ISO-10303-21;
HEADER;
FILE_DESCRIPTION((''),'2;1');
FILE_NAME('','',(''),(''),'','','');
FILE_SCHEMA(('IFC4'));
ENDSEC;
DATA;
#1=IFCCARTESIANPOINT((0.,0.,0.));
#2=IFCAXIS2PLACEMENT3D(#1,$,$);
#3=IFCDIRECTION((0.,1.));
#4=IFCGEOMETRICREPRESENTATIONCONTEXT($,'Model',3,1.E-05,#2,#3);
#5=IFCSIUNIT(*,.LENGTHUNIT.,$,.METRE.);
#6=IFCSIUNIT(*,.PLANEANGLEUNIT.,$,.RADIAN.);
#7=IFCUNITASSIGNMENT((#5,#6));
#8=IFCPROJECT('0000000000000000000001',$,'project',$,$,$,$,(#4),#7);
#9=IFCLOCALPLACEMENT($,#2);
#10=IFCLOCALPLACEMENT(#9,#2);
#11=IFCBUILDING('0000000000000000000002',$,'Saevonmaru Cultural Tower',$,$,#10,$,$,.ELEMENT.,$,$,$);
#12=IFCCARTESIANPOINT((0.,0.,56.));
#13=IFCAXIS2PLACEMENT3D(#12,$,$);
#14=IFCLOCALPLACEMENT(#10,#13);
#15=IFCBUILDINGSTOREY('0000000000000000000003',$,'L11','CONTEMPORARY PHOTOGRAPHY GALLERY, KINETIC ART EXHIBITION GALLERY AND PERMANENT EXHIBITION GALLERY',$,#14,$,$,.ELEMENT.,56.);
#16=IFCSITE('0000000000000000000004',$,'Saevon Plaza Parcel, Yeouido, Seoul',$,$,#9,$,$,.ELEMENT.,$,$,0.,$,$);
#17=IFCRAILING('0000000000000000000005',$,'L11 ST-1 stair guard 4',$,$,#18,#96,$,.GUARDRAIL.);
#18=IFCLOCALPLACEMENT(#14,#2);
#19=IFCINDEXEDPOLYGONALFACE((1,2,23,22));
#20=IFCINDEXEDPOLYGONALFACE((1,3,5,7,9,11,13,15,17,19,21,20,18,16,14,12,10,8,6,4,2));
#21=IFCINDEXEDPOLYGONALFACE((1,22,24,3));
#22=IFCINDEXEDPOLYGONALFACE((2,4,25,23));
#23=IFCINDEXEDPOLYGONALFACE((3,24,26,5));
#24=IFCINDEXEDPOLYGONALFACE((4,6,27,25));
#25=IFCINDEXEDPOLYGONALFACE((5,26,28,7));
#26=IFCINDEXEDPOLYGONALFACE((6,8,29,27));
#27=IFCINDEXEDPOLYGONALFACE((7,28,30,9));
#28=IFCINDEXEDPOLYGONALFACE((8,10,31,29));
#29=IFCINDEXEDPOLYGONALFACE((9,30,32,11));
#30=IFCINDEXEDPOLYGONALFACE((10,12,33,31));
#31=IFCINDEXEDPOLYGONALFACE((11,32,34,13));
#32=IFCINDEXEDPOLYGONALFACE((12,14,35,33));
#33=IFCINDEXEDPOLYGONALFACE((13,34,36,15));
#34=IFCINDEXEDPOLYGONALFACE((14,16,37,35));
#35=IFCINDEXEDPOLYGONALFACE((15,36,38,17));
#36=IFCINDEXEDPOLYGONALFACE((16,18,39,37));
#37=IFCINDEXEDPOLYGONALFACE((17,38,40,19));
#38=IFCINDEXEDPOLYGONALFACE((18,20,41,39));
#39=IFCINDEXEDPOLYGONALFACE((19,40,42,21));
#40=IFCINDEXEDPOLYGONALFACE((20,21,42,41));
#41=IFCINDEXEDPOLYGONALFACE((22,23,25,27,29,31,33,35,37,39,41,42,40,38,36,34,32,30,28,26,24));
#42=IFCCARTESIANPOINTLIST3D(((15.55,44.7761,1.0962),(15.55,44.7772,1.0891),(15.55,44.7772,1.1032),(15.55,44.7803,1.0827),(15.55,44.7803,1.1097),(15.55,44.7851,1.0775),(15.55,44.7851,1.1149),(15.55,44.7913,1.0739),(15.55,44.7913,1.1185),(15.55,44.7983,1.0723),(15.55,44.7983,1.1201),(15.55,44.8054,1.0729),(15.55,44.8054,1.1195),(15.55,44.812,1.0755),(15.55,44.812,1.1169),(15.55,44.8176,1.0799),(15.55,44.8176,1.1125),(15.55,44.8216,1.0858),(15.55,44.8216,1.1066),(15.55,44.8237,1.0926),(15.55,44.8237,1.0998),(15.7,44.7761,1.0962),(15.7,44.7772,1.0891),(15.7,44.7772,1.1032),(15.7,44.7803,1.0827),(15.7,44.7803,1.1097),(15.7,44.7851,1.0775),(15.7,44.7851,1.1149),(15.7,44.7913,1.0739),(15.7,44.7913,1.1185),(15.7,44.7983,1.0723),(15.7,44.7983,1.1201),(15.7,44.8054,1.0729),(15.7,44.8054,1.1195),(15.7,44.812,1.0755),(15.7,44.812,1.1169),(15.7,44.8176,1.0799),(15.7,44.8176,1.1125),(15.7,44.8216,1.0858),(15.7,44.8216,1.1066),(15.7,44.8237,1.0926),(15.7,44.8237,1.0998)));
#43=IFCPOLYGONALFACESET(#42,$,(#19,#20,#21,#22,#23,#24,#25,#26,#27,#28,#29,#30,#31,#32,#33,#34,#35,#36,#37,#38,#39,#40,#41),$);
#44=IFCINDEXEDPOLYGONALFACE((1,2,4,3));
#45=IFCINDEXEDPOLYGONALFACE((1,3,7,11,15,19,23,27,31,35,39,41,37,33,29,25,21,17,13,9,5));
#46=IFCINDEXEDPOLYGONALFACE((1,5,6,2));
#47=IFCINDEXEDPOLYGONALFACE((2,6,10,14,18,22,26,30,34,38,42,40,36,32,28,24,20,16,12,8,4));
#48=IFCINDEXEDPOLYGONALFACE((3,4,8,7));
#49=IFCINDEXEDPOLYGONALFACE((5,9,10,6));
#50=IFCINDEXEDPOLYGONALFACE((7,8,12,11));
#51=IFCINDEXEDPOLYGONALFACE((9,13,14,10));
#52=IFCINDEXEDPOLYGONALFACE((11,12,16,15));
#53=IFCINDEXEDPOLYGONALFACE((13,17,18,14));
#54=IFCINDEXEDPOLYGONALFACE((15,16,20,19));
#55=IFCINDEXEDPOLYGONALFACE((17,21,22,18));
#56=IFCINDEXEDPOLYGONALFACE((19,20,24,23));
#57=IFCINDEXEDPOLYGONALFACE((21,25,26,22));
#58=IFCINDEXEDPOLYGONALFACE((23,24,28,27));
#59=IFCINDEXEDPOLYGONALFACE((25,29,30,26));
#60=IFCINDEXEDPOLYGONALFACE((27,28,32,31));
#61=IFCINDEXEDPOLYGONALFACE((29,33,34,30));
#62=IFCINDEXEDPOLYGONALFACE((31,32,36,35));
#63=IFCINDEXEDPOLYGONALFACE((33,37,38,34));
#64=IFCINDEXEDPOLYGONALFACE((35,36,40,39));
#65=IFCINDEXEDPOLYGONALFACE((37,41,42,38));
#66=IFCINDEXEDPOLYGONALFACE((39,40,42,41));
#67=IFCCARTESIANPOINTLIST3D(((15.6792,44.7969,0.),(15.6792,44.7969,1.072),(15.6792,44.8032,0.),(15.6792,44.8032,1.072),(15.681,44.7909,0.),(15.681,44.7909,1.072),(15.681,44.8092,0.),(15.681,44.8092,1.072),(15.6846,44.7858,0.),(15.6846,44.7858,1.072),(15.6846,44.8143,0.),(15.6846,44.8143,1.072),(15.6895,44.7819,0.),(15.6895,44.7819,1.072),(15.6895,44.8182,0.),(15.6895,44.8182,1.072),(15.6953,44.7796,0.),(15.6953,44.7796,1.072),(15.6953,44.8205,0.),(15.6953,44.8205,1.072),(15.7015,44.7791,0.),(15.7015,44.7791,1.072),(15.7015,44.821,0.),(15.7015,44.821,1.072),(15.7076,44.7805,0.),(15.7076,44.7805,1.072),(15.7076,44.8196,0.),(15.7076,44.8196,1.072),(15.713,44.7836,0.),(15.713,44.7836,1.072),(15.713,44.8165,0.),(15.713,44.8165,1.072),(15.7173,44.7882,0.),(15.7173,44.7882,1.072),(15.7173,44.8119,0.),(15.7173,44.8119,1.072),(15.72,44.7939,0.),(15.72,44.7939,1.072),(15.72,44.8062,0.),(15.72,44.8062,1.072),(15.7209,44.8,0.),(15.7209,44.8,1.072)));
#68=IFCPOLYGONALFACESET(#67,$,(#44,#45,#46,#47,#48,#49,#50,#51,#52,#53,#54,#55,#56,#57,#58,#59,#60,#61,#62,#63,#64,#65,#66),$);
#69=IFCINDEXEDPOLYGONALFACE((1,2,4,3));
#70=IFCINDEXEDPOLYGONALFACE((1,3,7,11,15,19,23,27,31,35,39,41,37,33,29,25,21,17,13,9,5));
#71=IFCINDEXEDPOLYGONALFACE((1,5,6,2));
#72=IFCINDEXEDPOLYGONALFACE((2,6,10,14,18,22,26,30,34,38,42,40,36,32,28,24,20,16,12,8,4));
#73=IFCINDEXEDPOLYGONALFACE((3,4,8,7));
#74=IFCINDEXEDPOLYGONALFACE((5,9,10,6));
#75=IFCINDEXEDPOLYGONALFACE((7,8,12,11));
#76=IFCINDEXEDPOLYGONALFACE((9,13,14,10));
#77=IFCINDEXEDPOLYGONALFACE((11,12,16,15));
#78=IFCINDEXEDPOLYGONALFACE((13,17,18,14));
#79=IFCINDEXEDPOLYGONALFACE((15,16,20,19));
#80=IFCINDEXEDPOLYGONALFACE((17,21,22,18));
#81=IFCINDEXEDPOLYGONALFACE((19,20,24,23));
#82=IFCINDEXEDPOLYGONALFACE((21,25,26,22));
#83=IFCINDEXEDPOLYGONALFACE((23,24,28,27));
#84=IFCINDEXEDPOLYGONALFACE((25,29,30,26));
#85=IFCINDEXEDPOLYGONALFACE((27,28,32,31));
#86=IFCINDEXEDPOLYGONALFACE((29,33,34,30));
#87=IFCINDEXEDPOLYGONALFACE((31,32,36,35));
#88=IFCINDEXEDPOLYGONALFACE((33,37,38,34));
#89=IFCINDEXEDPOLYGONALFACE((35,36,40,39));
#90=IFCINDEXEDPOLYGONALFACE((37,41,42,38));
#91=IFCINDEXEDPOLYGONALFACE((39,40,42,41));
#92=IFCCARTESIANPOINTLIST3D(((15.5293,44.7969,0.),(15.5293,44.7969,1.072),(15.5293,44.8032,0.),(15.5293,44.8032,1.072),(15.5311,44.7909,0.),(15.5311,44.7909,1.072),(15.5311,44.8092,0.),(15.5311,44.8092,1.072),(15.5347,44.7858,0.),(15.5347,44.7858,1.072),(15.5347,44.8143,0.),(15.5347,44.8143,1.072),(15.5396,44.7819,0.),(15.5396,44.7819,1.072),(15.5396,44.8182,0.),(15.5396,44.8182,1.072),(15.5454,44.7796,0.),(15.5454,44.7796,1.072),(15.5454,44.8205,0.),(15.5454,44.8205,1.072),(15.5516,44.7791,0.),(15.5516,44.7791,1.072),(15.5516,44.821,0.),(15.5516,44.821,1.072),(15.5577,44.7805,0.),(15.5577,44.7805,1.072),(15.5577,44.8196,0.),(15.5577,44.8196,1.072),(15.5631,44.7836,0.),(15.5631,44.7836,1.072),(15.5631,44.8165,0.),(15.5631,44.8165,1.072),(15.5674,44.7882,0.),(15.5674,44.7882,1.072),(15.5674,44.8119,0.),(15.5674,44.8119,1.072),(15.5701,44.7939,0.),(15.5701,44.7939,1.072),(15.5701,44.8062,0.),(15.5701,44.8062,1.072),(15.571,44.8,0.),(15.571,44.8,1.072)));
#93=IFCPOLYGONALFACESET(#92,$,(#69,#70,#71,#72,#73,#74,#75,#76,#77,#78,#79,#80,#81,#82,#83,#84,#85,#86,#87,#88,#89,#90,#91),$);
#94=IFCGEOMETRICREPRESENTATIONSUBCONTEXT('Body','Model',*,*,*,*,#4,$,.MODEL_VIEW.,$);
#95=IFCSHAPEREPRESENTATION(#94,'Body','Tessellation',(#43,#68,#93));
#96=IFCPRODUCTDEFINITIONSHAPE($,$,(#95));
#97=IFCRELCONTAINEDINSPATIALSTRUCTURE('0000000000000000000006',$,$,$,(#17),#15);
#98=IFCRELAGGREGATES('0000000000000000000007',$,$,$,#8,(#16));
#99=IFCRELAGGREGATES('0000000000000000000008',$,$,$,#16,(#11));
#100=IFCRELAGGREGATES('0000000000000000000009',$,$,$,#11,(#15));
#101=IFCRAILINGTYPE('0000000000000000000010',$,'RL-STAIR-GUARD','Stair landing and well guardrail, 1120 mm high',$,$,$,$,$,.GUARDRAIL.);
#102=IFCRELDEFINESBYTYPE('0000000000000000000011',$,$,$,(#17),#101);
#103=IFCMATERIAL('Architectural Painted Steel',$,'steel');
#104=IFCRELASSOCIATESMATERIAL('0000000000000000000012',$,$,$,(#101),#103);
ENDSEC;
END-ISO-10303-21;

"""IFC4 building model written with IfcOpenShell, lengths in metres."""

from ifc_helpers import new_model, si_unit, direction, frame, origin, origin_2d, place, context, subcontext, project, spatial, circle, extrude, material, type_object, element, save


model = new_model("IFC4")

# Units and contexts
model_context = context("Model", 3, precision=1e-05, world=origin(), true_north=direction((0.0, 1.0)))
body_context = subcontext(model_context, "Body", "Model", "MODEL_VIEW")
ifc_project = project(units=[si_unit("LENGTHUNIT", "METRE"), si_unit("PLANEANGLEUNIT", "RADIAN")], contexts=[model_context])

# Site, building, storey
site_placement = place(None, origin())
site = spatial("IfcSite", under=ifc_project, at=site_placement, Name="Saevon Plaza Parcel, Yeouido, Seoul", CompositionType="ELEMENT", RefElevation=0.0)
building_placement = place(site_placement, origin())
building = spatial("IfcBuilding", under=site, at=building_placement, Name="Saevonmaru Cultural Tower", CompositionType="ELEMENT")
storey_placement = place(building_placement, frame((0.0, 0.0, 56.0)))
storey = spatial("IfcBuildingStorey", under=building, at=storey_placement, Name="L11", Description="CONTEMPORARY PHOTOGRAPHY GALLERY, KINETIC ART EXHIBITION GALLERY AND PERMANENT EXHIBITION GALLERY", CompositionType="ELEMENT", Elevation=56.0)

# Railing
ifc_material_1 = material(Name="Architectural Painted Steel", Category="steel")
railing_type_1 = type_object("IfcRailingType", Name="RL-STAIR-GUARD", Description="Stair landing and well guardrail, 1120 mm high", PredefinedType="GUARDRAIL", material=ifc_material_1)
railing_1_placement = place(storey_placement, frame((15.7, 44.8, 0.0)))
element("IfcRailing", 1, at=railing_1_placement, inside=storey, type_object=railing_type_1, Name="L11 ST-1 stair guard 4", PredefinedType="GUARDRAIL", context=body_context, shape_type="SweptSolid", body=[
    extrude(circle(Radius=0.0239, at=origin_2d()), frame((0.0, 0.0, 1.0962), z_axis=(-1.0, 0.0, 0.0), x_axis=(0.0, -1.0, 0.0)), (0.0, 0.0, 1.0), 0.1499),
    extrude(circle(Radius=0.021, at=origin_2d()), origin(), (0.0, 0.0, 1.0), 1.072),
    extrude(circle(Radius=0.021, at=origin_2d()), frame((-0.1499, 0.0, 0.0)), (0.0, 0.0, 1.0), 1.072),
])

save(model, "model.ifc")
